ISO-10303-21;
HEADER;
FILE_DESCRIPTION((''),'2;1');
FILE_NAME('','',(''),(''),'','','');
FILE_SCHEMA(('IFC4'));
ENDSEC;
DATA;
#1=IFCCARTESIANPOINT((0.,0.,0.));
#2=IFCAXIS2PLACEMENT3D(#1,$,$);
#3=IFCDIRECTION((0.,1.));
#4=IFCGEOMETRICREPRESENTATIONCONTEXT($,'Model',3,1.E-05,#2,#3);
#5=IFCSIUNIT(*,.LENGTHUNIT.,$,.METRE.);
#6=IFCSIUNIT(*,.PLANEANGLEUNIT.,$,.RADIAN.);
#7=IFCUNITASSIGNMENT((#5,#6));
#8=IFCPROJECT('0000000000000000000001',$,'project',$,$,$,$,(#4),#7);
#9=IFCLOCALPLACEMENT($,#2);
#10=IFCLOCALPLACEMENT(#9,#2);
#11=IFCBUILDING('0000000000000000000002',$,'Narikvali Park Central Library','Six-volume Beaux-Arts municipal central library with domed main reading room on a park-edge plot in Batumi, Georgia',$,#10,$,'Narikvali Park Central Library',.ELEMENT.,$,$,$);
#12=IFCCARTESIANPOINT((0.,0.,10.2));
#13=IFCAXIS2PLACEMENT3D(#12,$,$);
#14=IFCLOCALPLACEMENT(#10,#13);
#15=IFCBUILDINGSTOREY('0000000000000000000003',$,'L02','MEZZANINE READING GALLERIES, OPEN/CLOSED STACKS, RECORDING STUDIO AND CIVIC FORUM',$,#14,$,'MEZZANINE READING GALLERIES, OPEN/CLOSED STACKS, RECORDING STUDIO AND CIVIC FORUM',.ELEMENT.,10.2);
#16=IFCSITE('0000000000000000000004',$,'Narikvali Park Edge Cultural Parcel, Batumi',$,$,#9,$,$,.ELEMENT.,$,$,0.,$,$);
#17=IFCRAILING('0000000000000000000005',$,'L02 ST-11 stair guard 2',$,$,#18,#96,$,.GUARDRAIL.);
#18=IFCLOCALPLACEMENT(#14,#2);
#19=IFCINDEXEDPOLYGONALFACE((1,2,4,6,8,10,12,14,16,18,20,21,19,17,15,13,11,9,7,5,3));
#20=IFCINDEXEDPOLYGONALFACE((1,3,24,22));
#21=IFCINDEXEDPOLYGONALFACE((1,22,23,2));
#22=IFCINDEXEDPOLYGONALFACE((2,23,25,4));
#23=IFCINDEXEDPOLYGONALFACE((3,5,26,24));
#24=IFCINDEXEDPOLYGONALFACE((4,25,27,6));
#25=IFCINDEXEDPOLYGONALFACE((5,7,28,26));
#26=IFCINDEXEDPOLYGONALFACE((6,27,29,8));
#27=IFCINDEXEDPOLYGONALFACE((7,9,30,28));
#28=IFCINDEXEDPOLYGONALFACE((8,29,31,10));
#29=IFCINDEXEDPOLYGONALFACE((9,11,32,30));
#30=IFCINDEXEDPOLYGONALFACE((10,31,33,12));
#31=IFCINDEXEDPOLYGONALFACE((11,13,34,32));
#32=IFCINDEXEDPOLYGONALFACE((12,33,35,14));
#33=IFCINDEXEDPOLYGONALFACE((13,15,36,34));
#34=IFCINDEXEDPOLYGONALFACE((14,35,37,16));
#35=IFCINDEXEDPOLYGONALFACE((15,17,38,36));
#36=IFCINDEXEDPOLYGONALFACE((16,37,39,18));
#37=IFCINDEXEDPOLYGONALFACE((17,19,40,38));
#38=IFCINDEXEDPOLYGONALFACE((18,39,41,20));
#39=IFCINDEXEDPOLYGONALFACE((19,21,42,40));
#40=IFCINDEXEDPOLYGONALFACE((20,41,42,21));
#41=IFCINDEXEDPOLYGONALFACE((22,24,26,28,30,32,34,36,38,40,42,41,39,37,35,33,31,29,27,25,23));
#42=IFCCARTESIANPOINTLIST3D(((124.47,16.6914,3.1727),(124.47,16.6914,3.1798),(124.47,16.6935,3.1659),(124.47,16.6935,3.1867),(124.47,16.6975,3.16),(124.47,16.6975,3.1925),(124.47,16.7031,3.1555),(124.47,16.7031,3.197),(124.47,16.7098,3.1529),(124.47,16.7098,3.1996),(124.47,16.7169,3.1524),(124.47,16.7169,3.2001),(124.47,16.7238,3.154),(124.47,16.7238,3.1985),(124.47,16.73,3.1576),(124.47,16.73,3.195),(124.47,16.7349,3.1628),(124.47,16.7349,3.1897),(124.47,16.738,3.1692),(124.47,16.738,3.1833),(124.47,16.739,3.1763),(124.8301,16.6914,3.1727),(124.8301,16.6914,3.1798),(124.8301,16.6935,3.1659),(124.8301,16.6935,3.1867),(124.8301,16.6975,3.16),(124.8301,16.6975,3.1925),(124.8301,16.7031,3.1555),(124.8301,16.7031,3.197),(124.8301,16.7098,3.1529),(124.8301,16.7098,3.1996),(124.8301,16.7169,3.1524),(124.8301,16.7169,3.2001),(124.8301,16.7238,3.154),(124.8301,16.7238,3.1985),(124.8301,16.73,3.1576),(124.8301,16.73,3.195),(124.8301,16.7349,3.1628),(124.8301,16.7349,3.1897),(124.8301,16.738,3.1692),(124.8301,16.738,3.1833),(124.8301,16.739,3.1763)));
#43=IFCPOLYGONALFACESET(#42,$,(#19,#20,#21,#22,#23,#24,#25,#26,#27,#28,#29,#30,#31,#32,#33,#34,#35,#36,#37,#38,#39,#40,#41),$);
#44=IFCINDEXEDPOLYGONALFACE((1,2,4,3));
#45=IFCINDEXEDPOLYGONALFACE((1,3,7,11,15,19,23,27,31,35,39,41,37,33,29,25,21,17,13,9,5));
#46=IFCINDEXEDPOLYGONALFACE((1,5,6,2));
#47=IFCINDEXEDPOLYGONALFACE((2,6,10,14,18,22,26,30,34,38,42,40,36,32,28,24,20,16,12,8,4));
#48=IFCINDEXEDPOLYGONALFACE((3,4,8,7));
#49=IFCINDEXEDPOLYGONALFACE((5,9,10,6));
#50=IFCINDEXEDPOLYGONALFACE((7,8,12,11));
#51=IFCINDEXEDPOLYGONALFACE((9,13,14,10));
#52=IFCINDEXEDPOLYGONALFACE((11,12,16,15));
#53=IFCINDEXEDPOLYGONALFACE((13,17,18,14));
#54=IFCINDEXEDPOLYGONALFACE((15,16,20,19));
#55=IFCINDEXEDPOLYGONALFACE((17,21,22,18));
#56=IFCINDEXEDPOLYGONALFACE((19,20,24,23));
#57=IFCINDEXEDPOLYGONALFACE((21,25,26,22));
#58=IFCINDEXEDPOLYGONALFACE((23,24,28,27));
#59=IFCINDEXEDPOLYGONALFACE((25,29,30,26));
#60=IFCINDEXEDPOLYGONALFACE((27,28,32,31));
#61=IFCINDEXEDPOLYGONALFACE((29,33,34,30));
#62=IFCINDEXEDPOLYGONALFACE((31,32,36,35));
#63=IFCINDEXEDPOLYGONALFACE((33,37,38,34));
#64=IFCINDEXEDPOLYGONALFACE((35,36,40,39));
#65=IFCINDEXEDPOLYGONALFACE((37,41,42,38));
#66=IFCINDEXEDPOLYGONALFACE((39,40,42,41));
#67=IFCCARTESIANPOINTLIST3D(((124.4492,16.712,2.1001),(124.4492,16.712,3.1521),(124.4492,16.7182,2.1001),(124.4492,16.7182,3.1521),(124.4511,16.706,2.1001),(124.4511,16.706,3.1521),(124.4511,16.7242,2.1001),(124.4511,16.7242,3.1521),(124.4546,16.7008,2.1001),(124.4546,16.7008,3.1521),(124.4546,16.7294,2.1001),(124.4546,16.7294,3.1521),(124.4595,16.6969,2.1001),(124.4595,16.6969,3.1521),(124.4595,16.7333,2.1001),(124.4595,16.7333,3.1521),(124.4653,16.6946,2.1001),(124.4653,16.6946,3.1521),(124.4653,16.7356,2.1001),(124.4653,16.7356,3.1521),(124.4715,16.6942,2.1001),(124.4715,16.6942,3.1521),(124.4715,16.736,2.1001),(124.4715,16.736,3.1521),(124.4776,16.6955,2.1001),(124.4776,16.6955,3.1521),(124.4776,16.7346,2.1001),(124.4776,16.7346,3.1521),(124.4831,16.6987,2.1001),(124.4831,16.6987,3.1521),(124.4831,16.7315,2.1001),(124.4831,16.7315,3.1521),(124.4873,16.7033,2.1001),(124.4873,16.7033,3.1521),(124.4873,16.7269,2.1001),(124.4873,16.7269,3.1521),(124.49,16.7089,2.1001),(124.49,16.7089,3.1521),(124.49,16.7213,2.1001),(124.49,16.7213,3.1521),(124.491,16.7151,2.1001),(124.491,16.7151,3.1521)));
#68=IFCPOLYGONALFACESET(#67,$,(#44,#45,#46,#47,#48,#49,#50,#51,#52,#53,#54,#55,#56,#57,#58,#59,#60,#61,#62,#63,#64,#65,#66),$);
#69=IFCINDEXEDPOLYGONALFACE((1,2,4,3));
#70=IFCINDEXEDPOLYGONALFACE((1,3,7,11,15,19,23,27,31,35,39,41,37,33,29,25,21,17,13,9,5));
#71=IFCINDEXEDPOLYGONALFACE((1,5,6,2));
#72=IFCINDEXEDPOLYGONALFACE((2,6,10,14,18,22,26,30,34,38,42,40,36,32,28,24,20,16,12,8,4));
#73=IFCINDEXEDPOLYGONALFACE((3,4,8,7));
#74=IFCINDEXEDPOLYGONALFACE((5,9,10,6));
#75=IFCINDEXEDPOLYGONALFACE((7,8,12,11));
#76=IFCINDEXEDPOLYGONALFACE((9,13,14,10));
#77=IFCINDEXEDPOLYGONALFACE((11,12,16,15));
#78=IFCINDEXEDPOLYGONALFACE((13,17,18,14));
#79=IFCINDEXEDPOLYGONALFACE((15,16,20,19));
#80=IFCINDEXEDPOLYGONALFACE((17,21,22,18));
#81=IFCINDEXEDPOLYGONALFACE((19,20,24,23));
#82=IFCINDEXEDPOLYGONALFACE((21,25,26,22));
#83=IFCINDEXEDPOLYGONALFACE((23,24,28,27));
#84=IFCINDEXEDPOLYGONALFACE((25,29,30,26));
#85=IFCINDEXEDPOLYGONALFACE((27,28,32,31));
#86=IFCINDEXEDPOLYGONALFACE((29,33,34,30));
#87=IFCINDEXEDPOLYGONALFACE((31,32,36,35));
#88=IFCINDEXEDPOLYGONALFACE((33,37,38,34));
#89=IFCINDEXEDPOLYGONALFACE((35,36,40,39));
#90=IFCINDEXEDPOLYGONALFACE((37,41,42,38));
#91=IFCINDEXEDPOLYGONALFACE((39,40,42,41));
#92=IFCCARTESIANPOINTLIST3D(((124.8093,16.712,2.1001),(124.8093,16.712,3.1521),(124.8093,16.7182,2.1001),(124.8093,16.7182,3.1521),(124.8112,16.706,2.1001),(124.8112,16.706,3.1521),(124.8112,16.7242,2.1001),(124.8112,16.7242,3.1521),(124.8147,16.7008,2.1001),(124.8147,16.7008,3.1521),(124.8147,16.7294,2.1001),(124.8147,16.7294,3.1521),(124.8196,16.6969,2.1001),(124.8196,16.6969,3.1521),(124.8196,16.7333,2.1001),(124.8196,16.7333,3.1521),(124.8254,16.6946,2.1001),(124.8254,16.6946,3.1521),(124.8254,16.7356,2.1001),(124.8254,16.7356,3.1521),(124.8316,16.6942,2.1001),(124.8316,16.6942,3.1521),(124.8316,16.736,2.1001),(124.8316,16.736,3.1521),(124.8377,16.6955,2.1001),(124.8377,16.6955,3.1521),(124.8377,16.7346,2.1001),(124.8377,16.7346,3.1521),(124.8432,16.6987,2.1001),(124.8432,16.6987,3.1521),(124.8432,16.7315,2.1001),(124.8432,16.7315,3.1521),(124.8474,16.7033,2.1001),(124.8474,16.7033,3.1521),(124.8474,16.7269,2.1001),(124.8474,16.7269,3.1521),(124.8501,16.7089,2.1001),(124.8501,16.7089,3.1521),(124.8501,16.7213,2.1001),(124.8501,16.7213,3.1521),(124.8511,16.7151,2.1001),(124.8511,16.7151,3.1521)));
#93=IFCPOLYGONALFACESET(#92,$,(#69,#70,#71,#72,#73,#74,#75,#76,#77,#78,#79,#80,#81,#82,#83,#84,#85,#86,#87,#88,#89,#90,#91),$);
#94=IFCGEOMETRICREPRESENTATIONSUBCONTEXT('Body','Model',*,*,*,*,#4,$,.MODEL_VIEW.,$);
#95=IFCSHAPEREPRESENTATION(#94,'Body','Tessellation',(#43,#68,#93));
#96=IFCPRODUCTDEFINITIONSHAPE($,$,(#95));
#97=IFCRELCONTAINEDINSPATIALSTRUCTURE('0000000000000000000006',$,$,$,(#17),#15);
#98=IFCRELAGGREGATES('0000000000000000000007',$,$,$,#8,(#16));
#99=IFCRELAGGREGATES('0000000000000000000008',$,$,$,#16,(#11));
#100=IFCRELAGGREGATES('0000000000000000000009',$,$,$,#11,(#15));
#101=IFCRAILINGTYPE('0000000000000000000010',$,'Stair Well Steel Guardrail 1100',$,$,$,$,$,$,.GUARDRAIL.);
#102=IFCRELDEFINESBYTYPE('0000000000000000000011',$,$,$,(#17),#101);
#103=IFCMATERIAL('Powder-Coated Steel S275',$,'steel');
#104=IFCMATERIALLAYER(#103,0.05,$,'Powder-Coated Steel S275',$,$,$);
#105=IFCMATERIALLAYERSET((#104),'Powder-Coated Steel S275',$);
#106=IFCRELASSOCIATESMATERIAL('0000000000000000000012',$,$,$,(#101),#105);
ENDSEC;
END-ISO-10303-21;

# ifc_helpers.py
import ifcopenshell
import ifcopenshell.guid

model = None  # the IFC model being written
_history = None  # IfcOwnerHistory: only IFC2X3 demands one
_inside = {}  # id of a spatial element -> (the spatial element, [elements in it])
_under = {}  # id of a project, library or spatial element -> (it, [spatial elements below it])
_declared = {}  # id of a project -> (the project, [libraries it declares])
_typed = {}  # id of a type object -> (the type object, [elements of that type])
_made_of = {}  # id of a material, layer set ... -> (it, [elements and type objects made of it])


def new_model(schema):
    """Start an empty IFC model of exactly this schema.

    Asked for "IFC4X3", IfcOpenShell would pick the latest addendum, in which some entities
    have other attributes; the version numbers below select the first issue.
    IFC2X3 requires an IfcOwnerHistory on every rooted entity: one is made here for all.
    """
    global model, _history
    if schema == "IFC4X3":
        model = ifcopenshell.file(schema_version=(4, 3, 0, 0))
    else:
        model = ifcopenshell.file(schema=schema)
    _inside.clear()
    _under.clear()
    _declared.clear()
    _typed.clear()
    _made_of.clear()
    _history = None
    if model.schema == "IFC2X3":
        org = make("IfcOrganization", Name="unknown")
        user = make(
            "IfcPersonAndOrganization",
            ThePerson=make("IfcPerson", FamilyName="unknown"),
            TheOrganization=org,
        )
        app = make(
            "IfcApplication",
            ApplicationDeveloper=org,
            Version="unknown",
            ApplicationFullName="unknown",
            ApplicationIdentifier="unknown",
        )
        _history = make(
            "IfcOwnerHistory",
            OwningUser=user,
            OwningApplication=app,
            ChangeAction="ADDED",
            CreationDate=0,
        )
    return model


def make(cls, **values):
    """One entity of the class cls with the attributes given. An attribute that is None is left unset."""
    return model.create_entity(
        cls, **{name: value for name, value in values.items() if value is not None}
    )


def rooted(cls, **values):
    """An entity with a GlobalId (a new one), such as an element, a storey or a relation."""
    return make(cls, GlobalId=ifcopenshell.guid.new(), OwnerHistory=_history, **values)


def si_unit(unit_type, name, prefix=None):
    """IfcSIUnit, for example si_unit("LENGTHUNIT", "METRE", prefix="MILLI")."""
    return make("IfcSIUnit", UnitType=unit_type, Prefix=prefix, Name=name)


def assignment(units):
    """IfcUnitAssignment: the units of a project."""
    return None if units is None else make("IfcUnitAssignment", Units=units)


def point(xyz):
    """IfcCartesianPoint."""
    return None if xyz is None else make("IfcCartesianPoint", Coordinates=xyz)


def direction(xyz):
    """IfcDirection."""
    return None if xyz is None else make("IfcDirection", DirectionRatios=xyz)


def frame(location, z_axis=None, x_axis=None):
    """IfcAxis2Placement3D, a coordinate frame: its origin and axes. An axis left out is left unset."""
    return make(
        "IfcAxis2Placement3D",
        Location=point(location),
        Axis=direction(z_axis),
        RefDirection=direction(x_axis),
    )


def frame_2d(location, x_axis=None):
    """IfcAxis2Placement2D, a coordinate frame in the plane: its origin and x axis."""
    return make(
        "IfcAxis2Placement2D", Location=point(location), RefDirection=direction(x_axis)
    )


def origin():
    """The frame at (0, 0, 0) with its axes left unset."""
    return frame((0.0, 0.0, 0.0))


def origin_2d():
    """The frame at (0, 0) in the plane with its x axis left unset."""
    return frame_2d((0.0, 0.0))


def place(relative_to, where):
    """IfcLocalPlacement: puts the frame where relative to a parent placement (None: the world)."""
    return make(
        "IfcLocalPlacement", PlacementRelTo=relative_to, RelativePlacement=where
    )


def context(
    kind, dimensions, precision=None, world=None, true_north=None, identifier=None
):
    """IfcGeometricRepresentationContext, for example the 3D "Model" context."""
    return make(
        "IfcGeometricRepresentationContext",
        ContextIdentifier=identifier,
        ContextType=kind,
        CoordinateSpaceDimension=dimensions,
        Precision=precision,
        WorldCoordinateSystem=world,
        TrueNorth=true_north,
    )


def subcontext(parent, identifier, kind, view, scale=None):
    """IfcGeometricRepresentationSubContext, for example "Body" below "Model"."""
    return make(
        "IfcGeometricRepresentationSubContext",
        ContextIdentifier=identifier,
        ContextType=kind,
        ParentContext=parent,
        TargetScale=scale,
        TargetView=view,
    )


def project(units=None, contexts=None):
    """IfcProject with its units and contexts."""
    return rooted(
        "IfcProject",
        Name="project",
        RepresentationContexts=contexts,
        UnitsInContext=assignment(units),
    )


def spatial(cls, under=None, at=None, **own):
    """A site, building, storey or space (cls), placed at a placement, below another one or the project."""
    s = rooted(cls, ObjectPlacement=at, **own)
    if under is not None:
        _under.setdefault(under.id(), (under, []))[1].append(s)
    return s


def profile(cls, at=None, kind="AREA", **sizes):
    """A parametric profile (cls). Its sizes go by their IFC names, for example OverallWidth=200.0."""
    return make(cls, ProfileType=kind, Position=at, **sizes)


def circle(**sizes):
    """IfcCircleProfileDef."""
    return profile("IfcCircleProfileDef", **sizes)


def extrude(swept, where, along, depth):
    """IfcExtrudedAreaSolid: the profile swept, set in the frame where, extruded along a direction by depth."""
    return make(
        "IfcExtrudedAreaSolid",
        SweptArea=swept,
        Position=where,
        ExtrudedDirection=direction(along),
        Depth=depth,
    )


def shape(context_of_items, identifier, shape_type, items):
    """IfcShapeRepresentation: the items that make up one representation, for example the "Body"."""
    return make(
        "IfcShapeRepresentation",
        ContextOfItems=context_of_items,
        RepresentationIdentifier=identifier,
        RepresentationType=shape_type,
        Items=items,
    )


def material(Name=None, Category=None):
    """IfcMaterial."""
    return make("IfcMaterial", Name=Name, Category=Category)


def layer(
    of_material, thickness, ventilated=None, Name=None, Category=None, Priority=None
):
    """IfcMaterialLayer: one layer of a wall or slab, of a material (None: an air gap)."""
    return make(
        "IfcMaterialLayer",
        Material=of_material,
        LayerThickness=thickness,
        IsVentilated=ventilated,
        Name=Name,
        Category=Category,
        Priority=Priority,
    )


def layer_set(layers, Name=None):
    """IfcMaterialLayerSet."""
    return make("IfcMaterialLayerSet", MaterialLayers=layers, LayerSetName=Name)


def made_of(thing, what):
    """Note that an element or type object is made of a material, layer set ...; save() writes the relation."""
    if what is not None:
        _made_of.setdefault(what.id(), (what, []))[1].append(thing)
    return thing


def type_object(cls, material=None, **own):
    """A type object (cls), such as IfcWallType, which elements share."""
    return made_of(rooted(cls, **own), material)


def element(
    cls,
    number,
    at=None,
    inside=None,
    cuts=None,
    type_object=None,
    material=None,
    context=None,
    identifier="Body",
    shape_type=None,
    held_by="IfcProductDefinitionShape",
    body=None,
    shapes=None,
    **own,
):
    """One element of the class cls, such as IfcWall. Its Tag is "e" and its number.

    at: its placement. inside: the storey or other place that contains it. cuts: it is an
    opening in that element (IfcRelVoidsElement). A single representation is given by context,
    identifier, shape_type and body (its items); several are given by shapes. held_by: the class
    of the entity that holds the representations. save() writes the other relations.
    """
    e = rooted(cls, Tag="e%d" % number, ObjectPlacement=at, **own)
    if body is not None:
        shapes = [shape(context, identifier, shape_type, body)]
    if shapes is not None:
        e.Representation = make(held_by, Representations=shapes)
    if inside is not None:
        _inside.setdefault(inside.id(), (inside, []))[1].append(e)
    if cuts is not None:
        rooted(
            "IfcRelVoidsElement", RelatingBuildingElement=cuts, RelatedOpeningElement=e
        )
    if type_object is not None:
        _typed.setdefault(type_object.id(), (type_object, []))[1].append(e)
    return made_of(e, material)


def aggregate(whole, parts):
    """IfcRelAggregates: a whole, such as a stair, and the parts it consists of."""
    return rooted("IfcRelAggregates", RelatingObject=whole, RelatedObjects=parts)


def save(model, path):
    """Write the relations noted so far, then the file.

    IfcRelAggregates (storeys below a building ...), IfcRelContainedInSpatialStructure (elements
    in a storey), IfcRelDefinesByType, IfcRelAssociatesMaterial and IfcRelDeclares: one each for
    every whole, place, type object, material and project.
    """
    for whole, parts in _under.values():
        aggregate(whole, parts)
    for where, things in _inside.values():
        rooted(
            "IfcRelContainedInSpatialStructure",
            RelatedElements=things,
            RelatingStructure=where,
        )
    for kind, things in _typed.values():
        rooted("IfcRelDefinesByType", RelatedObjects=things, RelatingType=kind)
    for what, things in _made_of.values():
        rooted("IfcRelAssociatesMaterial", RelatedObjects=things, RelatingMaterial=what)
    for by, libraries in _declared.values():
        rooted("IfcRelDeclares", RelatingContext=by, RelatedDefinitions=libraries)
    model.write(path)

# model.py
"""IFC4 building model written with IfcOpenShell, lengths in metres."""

from ifc_helpers import new_model, si_unit, direction, frame, origin, origin_2d, place, context, subcontext, project, spatial, circle, extrude, material, layer, layer_set, type_object, element, save


model = new_model("IFC4")

# Units and contexts
model_context = context("Model", 3, precision=1e-05, world=origin(), true_north=direction((0.0, 1.0)))
body_context = subcontext(model_context, "Body", "Model", "MODEL_VIEW")
ifc_project = project(units=[si_unit("LENGTHUNIT", "METRE"), si_unit("PLANEANGLEUNIT", "RADIAN")], contexts=[model_context])

# Site, building, storey
site_placement = place(None, origin())
site = spatial("IfcSite", under=ifc_project, at=site_placement, Name="Narikvali Park Edge Cultural Parcel, Batumi", CompositionType="ELEMENT", RefElevation=0.0)
building_placement = place(site_placement, origin())
building = spatial("IfcBuilding", under=site, at=building_placement, Name="Narikvali Park Central Library", Description="Six-volume Beaux-Arts municipal central library with domed main reading room on a park-edge plot in Batumi, Georgia", LongName="Narikvali Park Central Library", CompositionType="ELEMENT")
storey_placement = place(building_placement, frame((0.0, 0.0, 10.2)))
storey = spatial("IfcBuildingStorey", under=building, at=storey_placement, Name="L02", Description="MEZZANINE READING GALLERIES, OPEN/CLOSED STACKS, RECORDING STUDIO AND CIVIC FORUM", LongName="MEZZANINE READING GALLERIES, OPEN/CLOSED STACKS, RECORDING STUDIO AND CIVIC FORUM", CompositionType="ELEMENT", Elevation=10.2)

# Railing
ifc_material_1 = material(Name="Powder-Coated Steel S275", Category="steel")
ifc_layer_1 = layer(ifc_material_1, 0.05, Name="Powder-Coated Steel S275")
ifc_layer_set_1 = layer_set([ifc_layer_1], Name="Powder-Coated Steel S275")
railing_type_1 = type_object("IfcRailingType", Name="Stair Well Steel Guardrail 1100", PredefinedType="GUARDRAIL", material=ifc_layer_set_1)
railing_1_placement = place(storey_placement, frame((124.47, 16.7151, 2.1001)))
element("IfcRailing", 1, at=railing_1_placement, inside=storey, type_object=railing_type_1, Name="L02 ST-11 stair guard 2", PredefinedType="GUARDRAIL", context=body_context, shape_type="SweptSolid", body=[
    extrude(circle(Radius=0.0239, at=origin_2d()), frame((0.0, 0.0, 1.0762), z_axis=(1.0, 0.0, 0.0), x_axis=(0.0, 1.0, 0.0)), (0.0, 0.0, 1.0), 0.3601),
    extrude(circle(Radius=0.021, at=origin_2d()), origin(), (0.0, 0.0, 1.0), 1.052),
    extrude(circle(Radius=0.021, at=origin_2d()), frame((0.3601, 0.0, 0.0)), (0.0, 0.0, 1.0), 1.052),
])

save(model, "model.ifc")
